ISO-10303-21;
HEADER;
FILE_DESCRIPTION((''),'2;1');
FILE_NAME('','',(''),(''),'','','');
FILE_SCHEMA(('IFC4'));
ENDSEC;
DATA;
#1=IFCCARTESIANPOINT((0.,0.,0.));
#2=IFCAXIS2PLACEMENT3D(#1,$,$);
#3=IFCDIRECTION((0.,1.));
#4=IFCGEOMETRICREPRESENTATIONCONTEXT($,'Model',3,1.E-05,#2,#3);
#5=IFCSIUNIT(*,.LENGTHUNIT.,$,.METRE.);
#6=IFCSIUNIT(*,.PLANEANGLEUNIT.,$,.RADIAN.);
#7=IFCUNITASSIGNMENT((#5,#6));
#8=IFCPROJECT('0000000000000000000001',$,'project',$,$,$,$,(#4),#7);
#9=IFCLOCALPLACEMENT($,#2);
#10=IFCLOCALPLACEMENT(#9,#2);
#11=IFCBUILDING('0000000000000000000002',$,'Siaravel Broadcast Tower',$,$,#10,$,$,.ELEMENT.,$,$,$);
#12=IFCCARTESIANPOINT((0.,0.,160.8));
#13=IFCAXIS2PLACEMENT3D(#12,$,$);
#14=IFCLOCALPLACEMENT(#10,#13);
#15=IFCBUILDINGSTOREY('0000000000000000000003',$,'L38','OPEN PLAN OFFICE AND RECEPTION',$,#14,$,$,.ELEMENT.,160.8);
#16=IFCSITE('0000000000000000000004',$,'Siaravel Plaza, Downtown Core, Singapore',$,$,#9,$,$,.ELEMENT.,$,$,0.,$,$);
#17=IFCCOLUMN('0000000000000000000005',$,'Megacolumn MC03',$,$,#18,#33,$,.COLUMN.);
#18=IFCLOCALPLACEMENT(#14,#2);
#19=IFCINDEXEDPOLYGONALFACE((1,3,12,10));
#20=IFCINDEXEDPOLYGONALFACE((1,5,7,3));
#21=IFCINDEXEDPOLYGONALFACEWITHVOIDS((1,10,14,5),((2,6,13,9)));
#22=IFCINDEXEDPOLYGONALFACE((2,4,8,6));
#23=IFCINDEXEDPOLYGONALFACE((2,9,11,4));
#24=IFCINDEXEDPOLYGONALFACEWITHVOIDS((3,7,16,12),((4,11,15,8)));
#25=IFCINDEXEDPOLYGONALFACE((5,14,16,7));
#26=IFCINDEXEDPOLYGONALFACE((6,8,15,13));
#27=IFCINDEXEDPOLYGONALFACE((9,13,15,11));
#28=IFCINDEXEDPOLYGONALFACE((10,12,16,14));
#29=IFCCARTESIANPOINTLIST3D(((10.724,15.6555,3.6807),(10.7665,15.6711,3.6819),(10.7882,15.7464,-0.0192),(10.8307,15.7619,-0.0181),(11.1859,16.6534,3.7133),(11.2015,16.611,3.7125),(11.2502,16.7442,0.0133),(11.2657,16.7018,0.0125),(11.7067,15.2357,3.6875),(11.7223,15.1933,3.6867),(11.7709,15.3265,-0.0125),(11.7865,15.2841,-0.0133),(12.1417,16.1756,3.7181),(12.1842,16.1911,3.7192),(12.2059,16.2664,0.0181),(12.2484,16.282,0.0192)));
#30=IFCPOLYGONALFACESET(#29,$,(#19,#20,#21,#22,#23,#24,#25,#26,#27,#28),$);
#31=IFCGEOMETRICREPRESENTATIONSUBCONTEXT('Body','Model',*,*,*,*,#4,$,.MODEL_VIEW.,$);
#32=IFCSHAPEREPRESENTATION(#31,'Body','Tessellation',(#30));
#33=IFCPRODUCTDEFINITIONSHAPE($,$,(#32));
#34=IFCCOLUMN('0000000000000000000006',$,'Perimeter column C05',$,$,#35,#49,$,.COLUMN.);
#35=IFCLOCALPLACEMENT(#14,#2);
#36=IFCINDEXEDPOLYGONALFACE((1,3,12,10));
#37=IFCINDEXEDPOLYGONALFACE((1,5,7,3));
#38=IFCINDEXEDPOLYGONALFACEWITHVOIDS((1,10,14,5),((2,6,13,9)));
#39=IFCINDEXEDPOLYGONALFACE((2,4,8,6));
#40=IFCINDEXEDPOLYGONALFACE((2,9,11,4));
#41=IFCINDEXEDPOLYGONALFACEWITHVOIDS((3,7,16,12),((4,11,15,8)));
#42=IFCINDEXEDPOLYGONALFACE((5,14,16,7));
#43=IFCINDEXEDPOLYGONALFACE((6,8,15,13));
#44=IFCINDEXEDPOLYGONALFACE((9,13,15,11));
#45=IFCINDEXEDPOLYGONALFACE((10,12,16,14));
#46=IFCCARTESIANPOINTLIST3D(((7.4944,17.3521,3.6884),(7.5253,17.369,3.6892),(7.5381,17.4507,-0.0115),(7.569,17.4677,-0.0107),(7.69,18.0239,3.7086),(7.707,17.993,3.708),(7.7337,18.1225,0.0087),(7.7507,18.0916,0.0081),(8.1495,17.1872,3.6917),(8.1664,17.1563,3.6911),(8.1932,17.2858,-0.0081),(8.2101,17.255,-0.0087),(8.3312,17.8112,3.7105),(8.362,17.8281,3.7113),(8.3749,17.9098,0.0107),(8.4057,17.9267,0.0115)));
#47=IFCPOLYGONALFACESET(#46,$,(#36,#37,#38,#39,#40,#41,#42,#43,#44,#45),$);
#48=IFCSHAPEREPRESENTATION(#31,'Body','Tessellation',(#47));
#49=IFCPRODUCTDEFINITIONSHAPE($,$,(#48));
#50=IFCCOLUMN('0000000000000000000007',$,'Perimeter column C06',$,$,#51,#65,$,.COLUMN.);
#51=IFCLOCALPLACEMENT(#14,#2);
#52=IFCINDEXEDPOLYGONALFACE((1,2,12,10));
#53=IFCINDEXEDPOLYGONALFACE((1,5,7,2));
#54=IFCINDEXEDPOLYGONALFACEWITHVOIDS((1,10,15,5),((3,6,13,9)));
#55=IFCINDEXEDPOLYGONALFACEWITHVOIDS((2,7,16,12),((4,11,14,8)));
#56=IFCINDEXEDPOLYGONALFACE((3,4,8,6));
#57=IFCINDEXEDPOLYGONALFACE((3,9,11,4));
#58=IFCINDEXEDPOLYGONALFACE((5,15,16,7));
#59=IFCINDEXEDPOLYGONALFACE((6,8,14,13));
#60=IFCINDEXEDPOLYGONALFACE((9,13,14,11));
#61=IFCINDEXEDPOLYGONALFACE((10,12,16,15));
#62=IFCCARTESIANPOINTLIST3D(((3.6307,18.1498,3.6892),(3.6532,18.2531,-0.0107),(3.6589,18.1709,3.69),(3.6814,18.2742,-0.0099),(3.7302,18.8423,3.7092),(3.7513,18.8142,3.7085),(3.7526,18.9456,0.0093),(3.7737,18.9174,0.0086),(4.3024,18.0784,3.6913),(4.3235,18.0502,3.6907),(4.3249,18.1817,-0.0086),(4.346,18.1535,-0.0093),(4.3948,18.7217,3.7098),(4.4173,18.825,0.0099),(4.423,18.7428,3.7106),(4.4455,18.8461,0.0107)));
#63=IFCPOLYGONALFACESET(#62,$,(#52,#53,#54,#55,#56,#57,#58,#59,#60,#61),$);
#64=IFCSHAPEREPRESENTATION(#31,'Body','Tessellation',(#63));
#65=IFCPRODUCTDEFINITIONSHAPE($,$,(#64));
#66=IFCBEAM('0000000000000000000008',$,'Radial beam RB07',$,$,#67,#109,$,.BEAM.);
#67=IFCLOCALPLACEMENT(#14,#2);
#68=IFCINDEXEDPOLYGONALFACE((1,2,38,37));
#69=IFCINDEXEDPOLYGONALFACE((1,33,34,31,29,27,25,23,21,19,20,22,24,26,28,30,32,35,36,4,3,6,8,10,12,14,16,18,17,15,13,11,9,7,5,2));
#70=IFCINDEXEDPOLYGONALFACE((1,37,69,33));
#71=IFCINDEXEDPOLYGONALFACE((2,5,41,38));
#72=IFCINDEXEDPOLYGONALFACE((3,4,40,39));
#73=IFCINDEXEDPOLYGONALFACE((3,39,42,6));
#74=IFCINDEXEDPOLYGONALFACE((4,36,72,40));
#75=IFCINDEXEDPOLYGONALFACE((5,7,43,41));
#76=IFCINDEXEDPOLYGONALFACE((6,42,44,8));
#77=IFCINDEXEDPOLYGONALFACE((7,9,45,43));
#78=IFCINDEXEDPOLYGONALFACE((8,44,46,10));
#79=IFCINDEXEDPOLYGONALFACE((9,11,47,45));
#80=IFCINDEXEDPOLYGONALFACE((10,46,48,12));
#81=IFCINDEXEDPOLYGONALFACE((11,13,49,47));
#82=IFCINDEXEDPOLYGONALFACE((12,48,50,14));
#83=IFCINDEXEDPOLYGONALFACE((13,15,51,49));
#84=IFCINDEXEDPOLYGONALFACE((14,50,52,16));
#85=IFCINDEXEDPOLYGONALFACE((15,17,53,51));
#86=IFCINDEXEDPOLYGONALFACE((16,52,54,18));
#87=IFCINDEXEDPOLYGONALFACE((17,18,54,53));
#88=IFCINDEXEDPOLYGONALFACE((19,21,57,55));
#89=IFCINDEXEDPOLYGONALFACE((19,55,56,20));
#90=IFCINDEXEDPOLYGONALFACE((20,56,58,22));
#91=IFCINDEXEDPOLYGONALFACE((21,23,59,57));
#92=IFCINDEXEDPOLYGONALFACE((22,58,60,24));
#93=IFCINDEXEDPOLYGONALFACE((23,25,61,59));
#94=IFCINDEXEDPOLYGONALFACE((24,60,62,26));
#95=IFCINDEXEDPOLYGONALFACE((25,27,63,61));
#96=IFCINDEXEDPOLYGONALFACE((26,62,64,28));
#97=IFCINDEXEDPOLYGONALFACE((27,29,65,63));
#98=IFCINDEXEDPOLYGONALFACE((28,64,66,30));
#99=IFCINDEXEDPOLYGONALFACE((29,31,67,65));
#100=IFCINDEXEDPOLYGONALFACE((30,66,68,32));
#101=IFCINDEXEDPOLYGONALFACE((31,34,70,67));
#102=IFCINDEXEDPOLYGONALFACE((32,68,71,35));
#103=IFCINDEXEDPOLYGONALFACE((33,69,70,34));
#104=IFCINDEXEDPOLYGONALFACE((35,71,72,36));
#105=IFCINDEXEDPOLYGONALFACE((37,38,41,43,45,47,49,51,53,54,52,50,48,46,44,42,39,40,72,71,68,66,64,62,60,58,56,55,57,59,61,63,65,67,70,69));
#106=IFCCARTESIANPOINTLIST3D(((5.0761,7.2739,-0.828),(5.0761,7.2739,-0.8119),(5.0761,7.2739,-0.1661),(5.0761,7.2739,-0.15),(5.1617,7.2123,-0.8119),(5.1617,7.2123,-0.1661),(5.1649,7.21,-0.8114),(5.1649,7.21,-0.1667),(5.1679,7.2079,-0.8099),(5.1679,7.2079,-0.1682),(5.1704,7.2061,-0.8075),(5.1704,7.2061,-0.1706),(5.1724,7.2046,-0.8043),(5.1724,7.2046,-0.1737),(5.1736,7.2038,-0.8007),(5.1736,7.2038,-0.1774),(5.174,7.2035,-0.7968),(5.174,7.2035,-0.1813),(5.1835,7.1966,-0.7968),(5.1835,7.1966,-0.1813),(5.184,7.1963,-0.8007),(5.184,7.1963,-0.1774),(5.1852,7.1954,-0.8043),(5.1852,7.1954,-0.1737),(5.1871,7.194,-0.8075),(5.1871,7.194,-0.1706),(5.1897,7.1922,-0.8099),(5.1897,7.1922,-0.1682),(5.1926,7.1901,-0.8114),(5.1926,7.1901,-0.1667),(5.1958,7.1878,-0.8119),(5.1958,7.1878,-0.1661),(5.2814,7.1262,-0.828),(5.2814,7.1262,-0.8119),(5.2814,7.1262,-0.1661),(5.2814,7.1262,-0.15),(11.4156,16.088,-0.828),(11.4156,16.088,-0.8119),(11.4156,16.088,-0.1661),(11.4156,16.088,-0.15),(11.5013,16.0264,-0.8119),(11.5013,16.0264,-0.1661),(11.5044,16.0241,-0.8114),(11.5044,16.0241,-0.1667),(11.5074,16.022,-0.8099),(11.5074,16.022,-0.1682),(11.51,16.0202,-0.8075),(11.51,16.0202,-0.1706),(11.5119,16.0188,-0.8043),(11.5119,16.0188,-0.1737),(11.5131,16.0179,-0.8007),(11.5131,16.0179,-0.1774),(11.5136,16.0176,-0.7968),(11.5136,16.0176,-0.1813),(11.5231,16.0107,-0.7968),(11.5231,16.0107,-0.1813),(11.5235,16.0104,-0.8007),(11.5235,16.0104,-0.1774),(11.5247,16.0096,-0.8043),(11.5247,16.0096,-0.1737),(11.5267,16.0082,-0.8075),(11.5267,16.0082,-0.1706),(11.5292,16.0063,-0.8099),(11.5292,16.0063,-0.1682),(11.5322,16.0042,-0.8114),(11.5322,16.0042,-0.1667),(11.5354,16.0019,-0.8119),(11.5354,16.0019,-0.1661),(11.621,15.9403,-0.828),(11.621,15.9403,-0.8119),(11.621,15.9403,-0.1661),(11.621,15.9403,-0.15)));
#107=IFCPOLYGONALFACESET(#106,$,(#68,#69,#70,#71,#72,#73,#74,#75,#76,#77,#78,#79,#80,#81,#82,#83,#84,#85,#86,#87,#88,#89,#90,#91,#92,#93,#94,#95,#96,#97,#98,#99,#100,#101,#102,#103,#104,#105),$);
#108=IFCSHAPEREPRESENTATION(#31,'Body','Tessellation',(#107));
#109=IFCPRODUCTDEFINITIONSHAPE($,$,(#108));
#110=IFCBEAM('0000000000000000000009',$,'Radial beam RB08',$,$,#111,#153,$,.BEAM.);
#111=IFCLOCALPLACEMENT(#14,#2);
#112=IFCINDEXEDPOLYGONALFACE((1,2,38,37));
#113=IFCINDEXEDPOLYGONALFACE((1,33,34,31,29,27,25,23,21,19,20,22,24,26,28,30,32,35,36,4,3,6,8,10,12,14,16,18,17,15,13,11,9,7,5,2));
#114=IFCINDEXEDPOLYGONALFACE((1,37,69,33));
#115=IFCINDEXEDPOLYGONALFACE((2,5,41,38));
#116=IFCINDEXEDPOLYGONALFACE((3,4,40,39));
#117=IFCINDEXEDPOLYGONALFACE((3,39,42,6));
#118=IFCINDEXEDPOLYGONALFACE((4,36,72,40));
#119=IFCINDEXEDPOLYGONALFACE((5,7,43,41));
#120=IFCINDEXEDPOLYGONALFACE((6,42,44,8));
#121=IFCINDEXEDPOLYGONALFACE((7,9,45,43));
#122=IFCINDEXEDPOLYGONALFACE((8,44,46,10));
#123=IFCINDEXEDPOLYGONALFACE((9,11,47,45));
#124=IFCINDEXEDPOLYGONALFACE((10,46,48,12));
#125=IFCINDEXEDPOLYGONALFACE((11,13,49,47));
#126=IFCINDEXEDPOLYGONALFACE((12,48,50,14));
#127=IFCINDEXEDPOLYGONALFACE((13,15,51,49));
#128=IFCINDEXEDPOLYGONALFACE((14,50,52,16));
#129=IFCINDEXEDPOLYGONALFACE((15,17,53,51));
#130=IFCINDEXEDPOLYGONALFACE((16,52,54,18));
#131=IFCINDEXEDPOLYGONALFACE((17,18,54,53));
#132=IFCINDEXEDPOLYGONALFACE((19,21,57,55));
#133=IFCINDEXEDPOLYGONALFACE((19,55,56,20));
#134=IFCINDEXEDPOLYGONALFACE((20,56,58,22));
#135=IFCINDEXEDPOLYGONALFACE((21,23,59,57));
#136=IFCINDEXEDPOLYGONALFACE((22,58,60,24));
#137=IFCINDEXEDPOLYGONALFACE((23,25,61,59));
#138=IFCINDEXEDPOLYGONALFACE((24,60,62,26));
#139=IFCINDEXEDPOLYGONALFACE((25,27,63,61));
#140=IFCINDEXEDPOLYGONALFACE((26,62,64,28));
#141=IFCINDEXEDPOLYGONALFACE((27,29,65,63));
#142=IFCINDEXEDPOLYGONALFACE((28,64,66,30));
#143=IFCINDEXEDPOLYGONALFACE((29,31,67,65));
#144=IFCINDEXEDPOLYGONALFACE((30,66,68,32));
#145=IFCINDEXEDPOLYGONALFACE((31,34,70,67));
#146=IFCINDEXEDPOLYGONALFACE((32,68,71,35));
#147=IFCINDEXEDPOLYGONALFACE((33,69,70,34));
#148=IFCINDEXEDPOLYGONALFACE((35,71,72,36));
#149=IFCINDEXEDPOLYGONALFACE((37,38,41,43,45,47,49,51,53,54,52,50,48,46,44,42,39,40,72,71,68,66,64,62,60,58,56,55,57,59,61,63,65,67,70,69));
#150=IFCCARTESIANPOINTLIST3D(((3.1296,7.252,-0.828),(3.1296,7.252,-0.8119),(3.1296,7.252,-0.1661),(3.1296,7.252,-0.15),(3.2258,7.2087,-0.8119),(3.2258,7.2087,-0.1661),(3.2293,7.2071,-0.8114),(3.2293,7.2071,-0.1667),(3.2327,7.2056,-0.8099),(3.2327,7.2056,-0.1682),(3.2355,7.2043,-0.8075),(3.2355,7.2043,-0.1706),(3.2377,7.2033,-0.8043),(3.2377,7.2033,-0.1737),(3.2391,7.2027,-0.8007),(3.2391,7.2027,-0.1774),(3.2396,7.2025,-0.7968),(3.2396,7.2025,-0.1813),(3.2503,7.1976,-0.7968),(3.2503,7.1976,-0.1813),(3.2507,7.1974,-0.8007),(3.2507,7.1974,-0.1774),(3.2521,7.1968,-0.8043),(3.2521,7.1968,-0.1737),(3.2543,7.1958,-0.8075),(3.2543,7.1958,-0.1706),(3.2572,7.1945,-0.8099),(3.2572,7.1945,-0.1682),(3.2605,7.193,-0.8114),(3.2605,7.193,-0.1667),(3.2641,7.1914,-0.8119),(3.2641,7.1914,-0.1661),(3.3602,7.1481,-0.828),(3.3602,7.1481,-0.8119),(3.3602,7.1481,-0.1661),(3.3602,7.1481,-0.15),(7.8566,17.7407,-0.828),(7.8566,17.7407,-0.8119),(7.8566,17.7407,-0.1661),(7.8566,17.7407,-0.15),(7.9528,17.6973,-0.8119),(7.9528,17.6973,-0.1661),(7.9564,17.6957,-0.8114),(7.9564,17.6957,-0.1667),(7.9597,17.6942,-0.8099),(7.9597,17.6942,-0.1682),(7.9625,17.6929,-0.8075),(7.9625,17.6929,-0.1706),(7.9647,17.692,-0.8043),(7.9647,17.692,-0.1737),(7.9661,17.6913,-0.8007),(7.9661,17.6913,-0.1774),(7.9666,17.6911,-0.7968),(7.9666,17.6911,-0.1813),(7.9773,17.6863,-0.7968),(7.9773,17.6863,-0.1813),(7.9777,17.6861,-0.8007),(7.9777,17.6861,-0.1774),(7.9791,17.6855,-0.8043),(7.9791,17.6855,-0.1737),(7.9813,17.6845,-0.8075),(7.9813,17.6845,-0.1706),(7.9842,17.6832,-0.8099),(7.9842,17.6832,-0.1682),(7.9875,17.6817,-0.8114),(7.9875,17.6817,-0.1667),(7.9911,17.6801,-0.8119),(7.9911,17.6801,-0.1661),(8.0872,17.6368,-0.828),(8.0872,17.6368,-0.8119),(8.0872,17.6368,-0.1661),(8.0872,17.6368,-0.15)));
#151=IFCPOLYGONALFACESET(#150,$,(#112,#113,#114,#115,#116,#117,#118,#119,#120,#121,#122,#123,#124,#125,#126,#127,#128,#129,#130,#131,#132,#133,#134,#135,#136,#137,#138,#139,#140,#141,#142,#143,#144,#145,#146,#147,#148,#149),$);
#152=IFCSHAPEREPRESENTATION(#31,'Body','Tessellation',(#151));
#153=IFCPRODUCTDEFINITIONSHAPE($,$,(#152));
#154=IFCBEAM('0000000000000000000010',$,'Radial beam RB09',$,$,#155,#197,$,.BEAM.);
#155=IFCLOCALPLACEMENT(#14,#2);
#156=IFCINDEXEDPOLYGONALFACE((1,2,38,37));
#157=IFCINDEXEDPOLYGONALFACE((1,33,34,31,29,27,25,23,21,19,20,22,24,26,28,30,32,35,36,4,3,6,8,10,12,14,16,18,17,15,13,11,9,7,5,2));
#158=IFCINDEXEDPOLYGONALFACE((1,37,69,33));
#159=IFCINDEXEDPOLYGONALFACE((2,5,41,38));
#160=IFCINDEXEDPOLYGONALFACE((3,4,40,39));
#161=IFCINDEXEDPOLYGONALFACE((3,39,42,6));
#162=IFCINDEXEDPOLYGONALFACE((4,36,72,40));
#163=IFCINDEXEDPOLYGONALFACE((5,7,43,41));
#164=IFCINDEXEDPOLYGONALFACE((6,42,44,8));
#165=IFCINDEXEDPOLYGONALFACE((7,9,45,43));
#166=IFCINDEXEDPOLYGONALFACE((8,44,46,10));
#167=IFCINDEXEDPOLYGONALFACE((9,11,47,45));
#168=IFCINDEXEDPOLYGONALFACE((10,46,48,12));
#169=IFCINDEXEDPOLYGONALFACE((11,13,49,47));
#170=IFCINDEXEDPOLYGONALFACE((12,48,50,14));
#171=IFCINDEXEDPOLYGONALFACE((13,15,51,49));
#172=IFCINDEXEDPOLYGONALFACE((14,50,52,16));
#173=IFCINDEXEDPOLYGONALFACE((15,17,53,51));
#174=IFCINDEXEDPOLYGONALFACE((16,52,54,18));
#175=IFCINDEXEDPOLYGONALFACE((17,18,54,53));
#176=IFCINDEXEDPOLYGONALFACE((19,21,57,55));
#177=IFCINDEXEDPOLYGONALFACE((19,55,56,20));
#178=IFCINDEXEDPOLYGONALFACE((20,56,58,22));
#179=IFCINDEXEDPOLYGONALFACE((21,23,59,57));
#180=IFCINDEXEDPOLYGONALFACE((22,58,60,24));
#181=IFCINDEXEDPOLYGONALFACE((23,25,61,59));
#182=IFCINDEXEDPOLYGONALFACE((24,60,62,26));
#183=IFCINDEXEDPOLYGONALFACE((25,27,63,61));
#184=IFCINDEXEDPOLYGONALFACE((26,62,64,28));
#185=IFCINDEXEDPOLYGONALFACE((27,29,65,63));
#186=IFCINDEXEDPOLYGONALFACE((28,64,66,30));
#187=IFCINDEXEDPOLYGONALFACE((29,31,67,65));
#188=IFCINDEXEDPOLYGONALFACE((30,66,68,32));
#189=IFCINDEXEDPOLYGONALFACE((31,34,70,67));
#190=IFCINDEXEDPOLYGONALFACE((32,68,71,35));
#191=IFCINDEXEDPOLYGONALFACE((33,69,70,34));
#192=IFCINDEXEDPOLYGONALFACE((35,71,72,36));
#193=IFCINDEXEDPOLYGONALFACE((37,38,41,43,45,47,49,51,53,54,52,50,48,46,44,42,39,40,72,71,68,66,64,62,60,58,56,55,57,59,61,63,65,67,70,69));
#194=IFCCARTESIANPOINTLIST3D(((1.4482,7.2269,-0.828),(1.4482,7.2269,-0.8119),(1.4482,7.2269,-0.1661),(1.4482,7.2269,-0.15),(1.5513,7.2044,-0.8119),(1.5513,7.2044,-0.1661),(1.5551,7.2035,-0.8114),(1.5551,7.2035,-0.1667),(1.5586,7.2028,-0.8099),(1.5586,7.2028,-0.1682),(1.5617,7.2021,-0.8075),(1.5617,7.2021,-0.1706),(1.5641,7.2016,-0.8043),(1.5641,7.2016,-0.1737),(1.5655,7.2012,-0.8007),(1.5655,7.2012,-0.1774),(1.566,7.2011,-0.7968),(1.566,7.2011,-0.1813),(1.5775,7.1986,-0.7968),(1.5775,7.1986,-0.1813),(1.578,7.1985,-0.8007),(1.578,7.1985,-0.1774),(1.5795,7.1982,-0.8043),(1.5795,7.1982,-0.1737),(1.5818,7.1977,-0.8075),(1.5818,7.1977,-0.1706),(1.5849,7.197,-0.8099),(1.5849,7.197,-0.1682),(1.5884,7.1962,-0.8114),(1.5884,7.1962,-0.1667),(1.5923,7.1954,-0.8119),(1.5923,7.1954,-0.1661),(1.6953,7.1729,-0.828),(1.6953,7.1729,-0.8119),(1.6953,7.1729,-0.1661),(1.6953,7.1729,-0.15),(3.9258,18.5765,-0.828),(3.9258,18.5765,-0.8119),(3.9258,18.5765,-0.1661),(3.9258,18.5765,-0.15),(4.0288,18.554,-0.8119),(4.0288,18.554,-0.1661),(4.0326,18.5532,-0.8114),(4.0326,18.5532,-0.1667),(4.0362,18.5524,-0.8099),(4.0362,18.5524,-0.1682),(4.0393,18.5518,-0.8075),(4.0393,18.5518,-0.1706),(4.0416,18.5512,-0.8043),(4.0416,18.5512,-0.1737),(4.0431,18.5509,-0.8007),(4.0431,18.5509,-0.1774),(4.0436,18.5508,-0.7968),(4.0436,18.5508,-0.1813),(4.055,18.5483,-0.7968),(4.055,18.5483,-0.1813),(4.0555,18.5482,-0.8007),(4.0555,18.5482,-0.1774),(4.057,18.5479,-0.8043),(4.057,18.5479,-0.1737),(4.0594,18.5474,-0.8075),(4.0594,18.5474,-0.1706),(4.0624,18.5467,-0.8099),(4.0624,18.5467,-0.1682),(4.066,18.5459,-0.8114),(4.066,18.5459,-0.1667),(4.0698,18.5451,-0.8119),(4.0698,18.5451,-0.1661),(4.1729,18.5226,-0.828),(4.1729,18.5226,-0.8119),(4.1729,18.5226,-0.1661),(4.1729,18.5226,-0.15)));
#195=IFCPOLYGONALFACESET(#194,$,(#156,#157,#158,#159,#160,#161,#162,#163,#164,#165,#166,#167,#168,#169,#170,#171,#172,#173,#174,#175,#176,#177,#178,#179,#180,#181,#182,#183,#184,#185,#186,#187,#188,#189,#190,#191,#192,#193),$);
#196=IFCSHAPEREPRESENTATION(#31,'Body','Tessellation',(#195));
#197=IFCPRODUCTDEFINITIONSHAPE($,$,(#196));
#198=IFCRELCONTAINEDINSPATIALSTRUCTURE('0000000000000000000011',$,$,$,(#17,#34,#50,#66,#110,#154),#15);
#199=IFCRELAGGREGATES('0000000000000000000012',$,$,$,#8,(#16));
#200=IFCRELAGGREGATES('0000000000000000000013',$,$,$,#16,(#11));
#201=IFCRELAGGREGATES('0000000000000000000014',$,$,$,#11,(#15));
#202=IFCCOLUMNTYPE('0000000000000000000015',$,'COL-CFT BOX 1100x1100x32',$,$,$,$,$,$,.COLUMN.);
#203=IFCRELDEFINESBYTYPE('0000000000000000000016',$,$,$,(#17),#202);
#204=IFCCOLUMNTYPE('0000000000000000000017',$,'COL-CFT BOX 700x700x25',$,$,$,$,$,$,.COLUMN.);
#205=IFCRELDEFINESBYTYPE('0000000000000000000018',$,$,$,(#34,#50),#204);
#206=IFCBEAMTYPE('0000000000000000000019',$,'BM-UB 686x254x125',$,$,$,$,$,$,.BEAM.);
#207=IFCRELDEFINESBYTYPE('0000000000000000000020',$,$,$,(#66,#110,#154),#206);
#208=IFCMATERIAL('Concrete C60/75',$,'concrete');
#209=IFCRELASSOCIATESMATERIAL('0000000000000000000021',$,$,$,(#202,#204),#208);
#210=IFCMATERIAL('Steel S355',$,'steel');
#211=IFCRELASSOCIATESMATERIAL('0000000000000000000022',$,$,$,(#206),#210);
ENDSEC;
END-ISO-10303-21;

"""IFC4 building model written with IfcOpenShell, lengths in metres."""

from ifc_helpers import new_model, si_unit, direction, frame, origin, origin_2d, place, context, subcontext, project, spatial, hollow_rectangle, i_section, extrude, material, material_profile, profile_set, type_object, element, save


model = new_model("IFC4")

# Units and contexts
model_context = context("Model", 3, precision=1e-05, world=origin(), true_north=direction((0.0, 1.0)))
body_context = subcontext(model_context, "Body", "Model", "MODEL_VIEW")
ifc_project = project(units=[si_unit("LENGTHUNIT", "METRE"), si_unit("PLANEANGLEUNIT", "RADIAN")], contexts=[model_context])

# Site, building, storey
site_placement = place(None, origin())
site = spatial("IfcSite", under=ifc_project, at=site_placement, Name="Siaravel Plaza, Downtown Core, Singapore", CompositionType="ELEMENT", RefElevation=0.0)
building_placement = place(site_placement, origin())
building = spatial("IfcBuilding", under=site, at=building_placement, Name="Siaravel Broadcast Tower", CompositionType="ELEMENT")
storey_placement = place(building_placement, frame((0.0, 0.0, 160.8)))
storey = spatial("IfcBuildingStorey", under=building, at=storey_placement, Name="L38", Description="OPEN PLAN OFFICE AND RECEPTION", CompositionType="ELEMENT", Elevation=160.8)

# Columns
ifc_material_1 = material(Name="Concrete C60/75", Category="concrete")
ifc_material_profile_1 = material_profile(ifc_material_1, hollow_rectangle(XDim=1.1001, YDim=1.1001, WallThickness=0.032, at=origin_2d()))
ifc_profile_set_1 = profile_set([ifc_material_profile_1], Name="Concrete C60/75")
column_type_1 = type_object("IfcColumnType", Name="COL-CFT BOX 1100x1100x32", PredefinedType="COLUMN", material=ifc_profile_set_1)
column_placement = place(storey_placement, frame((11.5183, 16.0142, 0.0), z_axis=(-0.017346, -0.024535, 0.999548), x_axis=(0.907409, -0.420214, 0.005432)))
element("IfcColumn", 1, at=column_placement, inside=storey, type_object=column_type_1, Name="Megacolumn MC03", PredefinedType="COLUMN", context=body_context, shape_type="SweptSolid", body=[
    extrude(hollow_rectangle(XDim=1.1001, YDim=1.1001, WallThickness=0.032, at=origin_2d()), origin(), (0.0, 0.0, 1.0), 3.7017),
])
ifc_material_profile_2 = material_profile(ifc_material_1, hollow_rectangle(XDim=0.7, YDim=0.7, WallThickness=0.0249, at=origin_2d()))
ifc_profile_set_2 = profile_set([ifc_material_profile_2], Name="Concrete C60/75")
column_type_2 = type_object("IfcColumnType", Name="COL-CFT BOX 700x700x25", PredefinedType="COLUMN", material=ifc_profile_set_2)
for number, where, z_axis, x_axis, name in (
    (2, (7.9719, 17.6887, 0.0), (-0.011806, -0.026647, 0.999575), (0.960087, -0.279674, 0.003884), "Perimeter column C05"),
    (3, (4.0493, 18.5496, 0.0), (-0.006068, -0.0279, 0.999592), (0.989831, -0.142232, 0.002039), "Perimeter column C06"),
):
    element("IfcColumn", number, at=place(storey_placement, frame(where, z_axis=z_axis, x_axis=x_axis)), inside=storey, type_object=column_type_2, Name=name, PredefinedType="COLUMN", context=body_context, shape_type="SweptSolid", body=[
        extrude(hollow_rectangle(XDim=0.7, YDim=0.7, WallThickness=0.0249, at=origin_2d()), origin(), (0.0, 0.0, 1.0), 3.7014),
    ])

# Beams
ifc_material_2 = material(Name="Steel S355", Category="steel")
ifc_material_profile_3 = material_profile(ifc_material_2, i_section(OverallWidth=0.2529, OverallDepth=0.678, WebThickness=0.0117, FlangeThickness=0.0161, FilletRadius=0.0151, at=origin_2d()))
ifc_profile_set_3 = profile_set([ifc_material_profile_3], Name="Steel S355")
beam_type = type_object("IfcBeamType", Name="BM-UB 686x254x125", PredefinedType="BEAM", material=ifc_profile_set_3)
beam_1_placement = place(storey_placement, frame((11.5183, 16.0142, -0.489), z_axis=(-0.583902, -0.811824, 0.0), x_axis=(0.811824, -0.583902, 0.0)))
element("IfcBeam", 4, at=beam_1_placement, inside=storey, type_object=beam_type, Name="Radial beam RB07", PredefinedType="BEAM", context=body_context, shape_type="SweptSolid", body=[
    extrude(i_section(OverallWidth=0.2529, OverallDepth=0.678, WebThickness=0.0117, FlangeThickness=0.0161, FilletRadius=0.0151, at=origin_2d()), origin(), (0.0, 0.0, 1.0), 10.8572),
])
beam_2_placement = place(storey_placement, frame((7.9719, 17.6887, -0.489), z_axis=(-0.410878, -0.91169, 0.0), x_axis=(0.91169, -0.410878, 0.0)))
element("IfcBeam", 5, at=beam_2_placement, inside=storey, type_object=beam_type, Name="Radial beam RB08", PredefinedType="BEAM", context=body_context, shape_type="SweptSolid", body=[
    extrude(i_section(OverallWidth=0.2529, OverallDepth=0.678, WebThickness=0.0117, FlangeThickness=0.0161, FilletRadius=0.0151, at=origin_2d()), origin(), (0.0, 0.0, 1.0), 11.5046),
])
beam_3_placement = place(storey_placement, frame((4.0493, 18.5496, -0.489), z_axis=(-0.213271, -0.976993, 0.0), x_axis=(0.976993, -0.213271, 0.0)))
element("IfcBeam", 6, at=beam_3_placement, inside=storey, type_object=beam_type, Name="Radial beam RB09", PredefinedType="BEAM", context=body_context, shape_type="SweptSolid", body=[
    extrude(i_section(OverallWidth=0.2529, OverallDepth=0.678, WebThickness=0.0117, FlangeThickness=0.0161, FilletRadius=0.0151, at=origin_2d()), origin(), (0.0, 0.0, 1.0), 11.6169),
])

save(model, "model.ifc")
